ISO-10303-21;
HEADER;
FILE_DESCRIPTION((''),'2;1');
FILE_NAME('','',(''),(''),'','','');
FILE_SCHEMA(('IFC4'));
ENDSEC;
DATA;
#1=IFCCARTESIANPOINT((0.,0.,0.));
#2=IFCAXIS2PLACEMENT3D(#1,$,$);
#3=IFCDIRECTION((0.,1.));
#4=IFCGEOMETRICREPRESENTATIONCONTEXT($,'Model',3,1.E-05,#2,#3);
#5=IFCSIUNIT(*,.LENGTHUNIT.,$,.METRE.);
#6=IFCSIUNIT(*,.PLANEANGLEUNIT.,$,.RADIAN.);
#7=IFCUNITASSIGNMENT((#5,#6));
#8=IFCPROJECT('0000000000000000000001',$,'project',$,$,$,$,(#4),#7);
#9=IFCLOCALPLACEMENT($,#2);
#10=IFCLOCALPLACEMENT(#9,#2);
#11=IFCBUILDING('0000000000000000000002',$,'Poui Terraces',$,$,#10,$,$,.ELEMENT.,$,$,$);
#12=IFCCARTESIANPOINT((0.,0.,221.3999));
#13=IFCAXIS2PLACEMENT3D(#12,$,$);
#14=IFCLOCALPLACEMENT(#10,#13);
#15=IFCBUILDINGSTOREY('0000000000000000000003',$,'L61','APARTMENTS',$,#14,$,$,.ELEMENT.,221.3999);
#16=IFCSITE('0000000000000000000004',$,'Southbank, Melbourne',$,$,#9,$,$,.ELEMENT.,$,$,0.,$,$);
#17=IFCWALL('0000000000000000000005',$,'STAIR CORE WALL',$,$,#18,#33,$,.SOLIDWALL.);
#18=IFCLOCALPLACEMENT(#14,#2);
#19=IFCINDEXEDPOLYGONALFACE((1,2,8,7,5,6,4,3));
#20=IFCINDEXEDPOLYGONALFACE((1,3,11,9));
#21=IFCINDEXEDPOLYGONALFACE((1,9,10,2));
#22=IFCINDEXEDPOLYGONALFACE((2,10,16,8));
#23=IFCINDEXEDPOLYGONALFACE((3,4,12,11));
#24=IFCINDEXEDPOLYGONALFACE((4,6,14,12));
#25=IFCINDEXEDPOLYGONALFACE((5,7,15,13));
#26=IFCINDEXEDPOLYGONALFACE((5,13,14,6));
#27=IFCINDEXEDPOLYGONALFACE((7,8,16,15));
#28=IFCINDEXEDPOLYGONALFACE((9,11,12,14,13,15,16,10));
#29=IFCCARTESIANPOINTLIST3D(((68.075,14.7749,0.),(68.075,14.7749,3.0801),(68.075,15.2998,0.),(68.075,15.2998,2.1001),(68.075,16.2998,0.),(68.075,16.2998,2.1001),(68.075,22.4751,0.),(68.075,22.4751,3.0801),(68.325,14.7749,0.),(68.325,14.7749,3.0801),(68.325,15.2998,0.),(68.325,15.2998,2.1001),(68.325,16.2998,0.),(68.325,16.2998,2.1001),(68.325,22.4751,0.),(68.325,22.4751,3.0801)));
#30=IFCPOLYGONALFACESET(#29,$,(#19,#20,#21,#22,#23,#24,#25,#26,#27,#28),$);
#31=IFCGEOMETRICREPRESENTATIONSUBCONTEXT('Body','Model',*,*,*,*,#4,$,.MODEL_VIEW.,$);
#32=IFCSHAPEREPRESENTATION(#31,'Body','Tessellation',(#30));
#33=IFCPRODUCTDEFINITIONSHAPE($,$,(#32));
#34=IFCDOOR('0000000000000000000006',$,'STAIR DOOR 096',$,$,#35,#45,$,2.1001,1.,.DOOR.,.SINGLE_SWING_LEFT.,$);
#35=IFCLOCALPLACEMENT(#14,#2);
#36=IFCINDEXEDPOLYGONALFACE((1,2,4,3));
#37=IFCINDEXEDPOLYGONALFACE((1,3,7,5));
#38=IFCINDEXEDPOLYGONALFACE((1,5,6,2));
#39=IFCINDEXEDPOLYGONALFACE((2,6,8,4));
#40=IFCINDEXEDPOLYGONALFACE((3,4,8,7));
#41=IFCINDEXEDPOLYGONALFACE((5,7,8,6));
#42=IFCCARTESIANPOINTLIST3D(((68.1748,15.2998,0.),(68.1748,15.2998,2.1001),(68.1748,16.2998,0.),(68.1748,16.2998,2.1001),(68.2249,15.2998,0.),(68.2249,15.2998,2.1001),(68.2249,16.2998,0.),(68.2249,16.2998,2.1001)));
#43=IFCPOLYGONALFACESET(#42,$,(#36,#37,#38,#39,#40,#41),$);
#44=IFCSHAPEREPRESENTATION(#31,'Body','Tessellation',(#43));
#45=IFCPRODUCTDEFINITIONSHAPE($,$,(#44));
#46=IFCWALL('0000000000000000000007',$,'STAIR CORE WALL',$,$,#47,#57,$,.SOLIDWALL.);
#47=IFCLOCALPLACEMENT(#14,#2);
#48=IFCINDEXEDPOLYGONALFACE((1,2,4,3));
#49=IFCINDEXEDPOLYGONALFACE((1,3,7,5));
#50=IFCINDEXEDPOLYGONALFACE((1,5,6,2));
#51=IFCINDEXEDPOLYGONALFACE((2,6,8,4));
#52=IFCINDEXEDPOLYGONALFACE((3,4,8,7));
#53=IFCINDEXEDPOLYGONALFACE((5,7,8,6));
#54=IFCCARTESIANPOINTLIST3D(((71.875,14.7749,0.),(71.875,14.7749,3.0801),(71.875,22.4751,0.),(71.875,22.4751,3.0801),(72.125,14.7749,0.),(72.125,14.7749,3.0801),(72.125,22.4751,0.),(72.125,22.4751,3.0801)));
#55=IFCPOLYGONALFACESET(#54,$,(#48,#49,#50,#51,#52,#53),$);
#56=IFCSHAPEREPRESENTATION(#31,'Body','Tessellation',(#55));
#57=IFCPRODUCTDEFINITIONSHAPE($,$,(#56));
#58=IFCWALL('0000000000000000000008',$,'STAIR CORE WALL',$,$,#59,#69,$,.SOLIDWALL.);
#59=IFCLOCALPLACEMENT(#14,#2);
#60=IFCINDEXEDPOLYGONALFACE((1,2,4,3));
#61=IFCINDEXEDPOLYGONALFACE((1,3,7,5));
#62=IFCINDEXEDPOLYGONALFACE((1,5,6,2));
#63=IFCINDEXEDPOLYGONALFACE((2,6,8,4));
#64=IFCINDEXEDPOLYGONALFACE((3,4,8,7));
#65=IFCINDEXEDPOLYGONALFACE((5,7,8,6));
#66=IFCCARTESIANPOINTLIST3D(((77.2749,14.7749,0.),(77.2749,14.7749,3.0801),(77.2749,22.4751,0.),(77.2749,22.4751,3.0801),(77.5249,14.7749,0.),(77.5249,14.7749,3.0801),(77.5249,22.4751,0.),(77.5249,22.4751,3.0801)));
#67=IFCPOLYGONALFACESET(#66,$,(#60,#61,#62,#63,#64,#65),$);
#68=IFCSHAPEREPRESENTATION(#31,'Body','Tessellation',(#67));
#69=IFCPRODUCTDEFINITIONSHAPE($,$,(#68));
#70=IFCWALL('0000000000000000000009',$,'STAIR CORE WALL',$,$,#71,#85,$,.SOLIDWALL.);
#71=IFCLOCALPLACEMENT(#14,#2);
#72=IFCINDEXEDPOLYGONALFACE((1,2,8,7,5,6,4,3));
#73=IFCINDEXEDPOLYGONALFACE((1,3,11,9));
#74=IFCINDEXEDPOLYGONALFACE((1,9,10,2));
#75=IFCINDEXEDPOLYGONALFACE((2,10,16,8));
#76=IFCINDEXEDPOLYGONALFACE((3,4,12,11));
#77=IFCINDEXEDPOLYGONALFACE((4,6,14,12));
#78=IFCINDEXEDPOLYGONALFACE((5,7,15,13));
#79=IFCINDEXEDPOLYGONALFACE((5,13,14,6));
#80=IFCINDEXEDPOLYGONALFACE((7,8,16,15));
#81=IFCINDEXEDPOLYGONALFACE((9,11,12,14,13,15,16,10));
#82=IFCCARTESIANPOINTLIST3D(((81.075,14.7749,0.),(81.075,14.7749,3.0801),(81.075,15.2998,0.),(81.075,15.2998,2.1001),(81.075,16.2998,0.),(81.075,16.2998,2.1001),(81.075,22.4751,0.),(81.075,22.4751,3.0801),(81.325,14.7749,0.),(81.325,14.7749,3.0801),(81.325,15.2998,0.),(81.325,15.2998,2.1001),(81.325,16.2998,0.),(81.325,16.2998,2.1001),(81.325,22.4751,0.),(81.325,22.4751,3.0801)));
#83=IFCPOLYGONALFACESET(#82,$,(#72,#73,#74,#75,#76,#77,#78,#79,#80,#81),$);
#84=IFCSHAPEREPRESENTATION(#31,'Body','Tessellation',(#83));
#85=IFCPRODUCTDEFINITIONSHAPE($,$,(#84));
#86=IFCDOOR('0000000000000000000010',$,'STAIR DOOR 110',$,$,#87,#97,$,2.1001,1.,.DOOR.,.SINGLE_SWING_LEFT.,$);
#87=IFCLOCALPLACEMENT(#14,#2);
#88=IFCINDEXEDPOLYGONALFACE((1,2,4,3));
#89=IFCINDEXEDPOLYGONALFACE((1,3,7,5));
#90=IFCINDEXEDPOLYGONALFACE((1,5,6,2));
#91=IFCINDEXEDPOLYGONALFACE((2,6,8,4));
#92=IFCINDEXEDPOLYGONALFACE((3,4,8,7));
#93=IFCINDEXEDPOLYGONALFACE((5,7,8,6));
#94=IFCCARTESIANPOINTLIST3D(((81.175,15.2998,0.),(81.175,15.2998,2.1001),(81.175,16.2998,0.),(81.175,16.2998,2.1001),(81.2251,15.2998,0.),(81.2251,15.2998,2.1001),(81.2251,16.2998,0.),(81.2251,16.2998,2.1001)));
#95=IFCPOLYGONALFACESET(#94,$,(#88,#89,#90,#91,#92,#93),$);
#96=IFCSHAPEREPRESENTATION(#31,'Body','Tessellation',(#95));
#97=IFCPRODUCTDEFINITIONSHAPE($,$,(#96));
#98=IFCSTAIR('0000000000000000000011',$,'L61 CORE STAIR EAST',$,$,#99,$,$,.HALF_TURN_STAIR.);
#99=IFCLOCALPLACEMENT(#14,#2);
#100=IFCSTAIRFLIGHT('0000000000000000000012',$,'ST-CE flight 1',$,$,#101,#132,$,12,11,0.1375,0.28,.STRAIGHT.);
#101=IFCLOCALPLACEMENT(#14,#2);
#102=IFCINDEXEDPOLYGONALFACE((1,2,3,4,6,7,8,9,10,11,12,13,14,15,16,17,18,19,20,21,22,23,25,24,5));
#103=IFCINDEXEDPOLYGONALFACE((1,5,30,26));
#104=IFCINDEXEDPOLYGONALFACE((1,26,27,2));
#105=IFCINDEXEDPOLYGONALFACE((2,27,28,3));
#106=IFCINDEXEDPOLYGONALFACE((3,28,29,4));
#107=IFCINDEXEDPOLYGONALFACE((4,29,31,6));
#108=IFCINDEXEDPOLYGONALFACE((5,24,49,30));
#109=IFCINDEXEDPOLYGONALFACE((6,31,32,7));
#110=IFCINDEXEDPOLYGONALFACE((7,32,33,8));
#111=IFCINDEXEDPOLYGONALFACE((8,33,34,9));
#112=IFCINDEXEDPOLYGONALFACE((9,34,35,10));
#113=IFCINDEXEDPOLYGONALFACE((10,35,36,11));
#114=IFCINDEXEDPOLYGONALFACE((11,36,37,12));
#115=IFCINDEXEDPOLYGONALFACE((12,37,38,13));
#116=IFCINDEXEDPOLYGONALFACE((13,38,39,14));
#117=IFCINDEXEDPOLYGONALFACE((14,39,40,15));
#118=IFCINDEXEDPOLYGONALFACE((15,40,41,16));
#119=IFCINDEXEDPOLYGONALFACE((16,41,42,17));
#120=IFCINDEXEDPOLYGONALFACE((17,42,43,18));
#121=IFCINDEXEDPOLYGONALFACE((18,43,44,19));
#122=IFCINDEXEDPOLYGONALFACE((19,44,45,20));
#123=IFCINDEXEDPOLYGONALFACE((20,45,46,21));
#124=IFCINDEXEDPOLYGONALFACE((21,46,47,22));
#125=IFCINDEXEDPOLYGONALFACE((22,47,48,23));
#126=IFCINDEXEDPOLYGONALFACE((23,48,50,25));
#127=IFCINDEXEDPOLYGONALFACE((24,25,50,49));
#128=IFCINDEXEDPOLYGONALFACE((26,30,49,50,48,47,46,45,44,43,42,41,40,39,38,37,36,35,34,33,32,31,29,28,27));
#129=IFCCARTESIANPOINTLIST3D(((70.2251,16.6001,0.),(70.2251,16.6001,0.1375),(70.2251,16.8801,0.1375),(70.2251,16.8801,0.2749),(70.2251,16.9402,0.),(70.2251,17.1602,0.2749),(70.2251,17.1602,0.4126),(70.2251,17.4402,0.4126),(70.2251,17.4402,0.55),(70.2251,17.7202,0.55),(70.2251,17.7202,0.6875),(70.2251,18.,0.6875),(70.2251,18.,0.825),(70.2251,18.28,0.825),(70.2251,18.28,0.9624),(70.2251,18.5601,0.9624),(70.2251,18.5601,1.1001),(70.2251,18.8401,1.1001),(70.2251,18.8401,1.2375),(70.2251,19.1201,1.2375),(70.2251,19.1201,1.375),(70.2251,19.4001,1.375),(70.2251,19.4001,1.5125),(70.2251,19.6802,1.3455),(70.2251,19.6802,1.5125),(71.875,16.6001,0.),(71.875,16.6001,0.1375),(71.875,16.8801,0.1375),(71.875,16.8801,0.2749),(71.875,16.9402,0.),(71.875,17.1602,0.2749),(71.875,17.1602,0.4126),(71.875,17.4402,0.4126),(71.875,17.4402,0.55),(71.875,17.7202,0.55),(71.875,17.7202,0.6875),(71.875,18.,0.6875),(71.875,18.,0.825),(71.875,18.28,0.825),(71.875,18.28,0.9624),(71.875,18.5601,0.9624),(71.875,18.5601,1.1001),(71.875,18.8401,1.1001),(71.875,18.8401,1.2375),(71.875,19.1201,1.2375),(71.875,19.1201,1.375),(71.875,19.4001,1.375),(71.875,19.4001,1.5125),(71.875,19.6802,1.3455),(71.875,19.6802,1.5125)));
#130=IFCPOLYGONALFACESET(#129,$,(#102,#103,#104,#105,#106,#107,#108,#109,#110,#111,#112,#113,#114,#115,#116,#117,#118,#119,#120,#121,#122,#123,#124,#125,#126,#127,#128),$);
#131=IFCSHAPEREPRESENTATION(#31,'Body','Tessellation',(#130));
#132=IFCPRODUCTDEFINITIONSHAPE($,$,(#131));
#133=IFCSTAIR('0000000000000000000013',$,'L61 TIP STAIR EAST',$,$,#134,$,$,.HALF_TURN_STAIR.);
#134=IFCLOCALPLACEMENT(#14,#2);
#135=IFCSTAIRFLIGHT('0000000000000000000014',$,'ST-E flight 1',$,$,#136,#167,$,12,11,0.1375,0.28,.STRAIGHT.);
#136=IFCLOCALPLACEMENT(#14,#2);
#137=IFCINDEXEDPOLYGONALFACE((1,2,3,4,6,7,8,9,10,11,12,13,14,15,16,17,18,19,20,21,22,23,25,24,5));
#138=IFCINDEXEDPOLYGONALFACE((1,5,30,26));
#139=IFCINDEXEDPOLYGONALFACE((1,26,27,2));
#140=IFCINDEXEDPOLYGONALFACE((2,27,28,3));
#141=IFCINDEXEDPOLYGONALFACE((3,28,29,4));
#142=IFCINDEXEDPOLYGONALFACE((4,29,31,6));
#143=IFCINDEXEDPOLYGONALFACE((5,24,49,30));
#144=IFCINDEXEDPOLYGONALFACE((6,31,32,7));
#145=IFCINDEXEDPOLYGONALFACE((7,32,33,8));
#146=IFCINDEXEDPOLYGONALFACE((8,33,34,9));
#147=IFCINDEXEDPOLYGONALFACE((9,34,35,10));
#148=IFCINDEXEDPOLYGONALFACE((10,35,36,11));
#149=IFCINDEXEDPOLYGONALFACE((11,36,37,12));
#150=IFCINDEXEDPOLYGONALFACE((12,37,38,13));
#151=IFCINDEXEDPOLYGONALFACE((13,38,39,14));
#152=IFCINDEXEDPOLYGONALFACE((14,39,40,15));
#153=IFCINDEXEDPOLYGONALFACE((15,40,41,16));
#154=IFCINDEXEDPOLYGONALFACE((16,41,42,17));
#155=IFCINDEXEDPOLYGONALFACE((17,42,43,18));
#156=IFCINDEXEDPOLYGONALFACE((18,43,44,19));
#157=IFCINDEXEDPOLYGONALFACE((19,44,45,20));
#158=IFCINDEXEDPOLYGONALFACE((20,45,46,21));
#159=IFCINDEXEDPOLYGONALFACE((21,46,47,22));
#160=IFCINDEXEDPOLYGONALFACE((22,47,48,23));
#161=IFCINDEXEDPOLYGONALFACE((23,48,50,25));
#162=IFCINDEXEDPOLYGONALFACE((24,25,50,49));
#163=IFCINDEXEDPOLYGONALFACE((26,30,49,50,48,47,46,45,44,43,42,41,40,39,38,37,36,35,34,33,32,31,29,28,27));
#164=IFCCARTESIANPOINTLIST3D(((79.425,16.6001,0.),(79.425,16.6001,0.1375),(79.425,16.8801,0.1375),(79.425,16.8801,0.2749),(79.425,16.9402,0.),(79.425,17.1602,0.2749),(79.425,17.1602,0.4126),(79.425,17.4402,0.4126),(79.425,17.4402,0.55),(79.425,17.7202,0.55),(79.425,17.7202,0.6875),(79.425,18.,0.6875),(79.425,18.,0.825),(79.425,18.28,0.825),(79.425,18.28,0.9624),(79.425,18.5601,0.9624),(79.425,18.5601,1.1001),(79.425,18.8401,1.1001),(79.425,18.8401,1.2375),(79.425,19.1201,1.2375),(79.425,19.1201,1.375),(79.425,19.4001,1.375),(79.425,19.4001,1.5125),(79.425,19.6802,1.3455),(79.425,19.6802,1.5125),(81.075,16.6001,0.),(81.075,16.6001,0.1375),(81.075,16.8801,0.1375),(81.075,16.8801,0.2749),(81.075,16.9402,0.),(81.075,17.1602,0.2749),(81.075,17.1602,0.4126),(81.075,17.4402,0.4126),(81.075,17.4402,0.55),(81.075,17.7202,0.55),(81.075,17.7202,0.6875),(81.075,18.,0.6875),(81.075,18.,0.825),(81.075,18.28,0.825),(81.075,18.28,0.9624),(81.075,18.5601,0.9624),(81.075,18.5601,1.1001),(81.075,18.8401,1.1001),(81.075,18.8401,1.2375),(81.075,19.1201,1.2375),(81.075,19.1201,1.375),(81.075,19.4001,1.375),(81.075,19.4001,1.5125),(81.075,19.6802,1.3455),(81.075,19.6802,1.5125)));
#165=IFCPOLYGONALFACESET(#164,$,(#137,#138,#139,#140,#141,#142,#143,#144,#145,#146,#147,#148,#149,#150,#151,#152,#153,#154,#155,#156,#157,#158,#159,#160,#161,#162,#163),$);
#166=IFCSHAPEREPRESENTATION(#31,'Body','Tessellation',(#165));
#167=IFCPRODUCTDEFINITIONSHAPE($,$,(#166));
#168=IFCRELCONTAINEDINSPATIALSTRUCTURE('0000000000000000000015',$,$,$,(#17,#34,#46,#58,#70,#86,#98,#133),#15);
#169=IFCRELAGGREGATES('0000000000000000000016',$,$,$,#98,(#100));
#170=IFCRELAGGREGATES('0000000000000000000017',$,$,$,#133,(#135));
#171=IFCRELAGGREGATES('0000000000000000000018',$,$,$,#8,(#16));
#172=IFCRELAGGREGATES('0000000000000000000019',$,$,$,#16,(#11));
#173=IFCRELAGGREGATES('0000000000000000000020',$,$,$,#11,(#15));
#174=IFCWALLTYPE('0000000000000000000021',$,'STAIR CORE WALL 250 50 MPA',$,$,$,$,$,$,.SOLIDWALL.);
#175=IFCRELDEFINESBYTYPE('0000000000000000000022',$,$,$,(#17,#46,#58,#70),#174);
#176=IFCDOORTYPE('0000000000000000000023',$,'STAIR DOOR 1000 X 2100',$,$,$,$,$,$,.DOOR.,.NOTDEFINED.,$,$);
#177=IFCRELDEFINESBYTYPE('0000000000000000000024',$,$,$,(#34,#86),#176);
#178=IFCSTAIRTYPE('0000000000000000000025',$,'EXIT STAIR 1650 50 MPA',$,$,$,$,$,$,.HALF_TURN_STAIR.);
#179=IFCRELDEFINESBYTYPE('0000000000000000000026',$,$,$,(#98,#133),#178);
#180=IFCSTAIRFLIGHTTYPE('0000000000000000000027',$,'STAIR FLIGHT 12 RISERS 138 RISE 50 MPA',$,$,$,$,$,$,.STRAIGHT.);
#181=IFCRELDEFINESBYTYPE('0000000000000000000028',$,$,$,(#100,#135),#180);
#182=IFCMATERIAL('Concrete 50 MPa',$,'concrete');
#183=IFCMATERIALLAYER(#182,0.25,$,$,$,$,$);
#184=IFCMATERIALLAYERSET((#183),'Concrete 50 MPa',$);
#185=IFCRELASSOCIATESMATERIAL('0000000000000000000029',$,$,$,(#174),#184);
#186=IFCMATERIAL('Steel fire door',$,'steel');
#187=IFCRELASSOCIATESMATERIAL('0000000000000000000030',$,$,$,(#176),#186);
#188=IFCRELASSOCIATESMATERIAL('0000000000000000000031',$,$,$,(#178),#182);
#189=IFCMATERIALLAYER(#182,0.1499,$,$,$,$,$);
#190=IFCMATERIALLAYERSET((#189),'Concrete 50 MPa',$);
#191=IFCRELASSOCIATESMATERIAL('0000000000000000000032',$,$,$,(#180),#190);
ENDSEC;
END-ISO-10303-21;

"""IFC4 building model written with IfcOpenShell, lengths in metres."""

from ifc_helpers import new_model, si_unit, direction, frame, frame_2d, origin, place, context, subcontext, project, spatial, polyline, rectangle, outline, extrude, material, layer, layer_set, type_object, element, fill, aggregate, save


model = new_model("IFC4")

# Units and contexts
model_context = context("Model", 3, precision=1e-05, world=origin(), true_north=direction((0.0, 1.0)))
body_context = subcontext(model_context, "Body", "Model", "MODEL_VIEW")
ifc_project = project(units=[si_unit("LENGTHUNIT", "METRE"), si_unit("PLANEANGLEUNIT", "RADIAN")], contexts=[model_context])

# Site, building, storey
site_placement = place(None, origin())
site = spatial("IfcSite", under=ifc_project, at=site_placement, Name="Southbank, Melbourne", CompositionType="ELEMENT", RefElevation=0.0)
building_placement = place(site_placement, origin())
building = spatial("IfcBuilding", under=site, at=building_placement, Name="Poui Terraces", CompositionType="ELEMENT")
storey_placement = place(building_placement, frame((0.0, 0.0, 221.3999)))
storey = spatial("IfcBuildingStorey", under=building, at=storey_placement, Name="L61", Description="APARTMENTS", CompositionType="ELEMENT", Elevation=221.3999)

# Shared definitions
ifc_material_1 = material(Name="Concrete 50 MPa", Category="concrete")

# Shared definitions
ifc_material_2 = material(Name="Steel fire door", Category="steel")

# Wall, opening, door
ifc_layer_1 = layer(ifc_material_1, 0.25)
ifc_layer_set_1 = layer_set([ifc_layer_1], Name="Concrete 50 MPa")
wall_type_1 = type_object("IfcWallType", Name="STAIR CORE WALL 250 50 MPA", PredefinedType="SOLIDWALL", material=ifc_layer_set_1)
wall_1_placement = place(storey_placement, frame((68.2, 14.7749, 0.0), z_axis=(0.0, 0.0, 1.0), x_axis=(0.0, 1.0, 0.0)))
wall_1 = element("IfcWall", 1, at=wall_1_placement, inside=storey, type_object=wall_type_1, Name="STAIR CORE WALL", PredefinedType="SOLIDWALL", context=body_context, shape_type="SweptSolid", body=[
    extrude(rectangle(XDim=7.7002, YDim=0.25, at=frame_2d((3.8501, 0.0))), origin(), (0.0, 0.0, 1.0), 3.0801),
])
opening_1_placement = place(wall_1_placement, frame((0.5249, 0.0, 0.0)))
opening_1 = element("IfcOpeningElement", 2, at=opening_1_placement, cuts=wall_1, PredefinedType="OPENING", context=body_context, shape_type="SweptSolid", body=[
    extrude(rectangle(XDim=1.0, YDim=2.1001, at=frame_2d((0.5, 1.05))), frame((0.0, 0.135, 0.0), z_axis=(0.0, -1.0, 0.0), x_axis=(1.0, 0.0, 0.0)), (0.0, 0.0, 1.0), 0.27),
])
door_type_1 = type_object("IfcDoorType", Name="STAIR DOOR 1000 X 2100", OperationType="NOTDEFINED", PredefinedType="DOOR", material=ifc_material_2)
door_1_placement = place(opening_1_placement, frame((1.0, 0.0, 0.0), z_axis=(0.0, 0.0, 1.0), x_axis=(-1.0, 0.0, 0.0)))
door_1 = element("IfcDoor", 3, at=door_1_placement, inside=storey, type_object=door_type_1, Name="STAIR DOOR 096", OperationType="SINGLE_SWING_LEFT", OverallHeight=2.1001, OverallWidth=1.0, PredefinedType="DOOR", context=body_context, shape_type="SweptSolid", body=[
    extrude(rectangle(XDim=1.0, YDim=2.1001, at=frame_2d((0.5, 1.05))), frame((0.0, 0.0249, 0.0), z_axis=(0.0, -1.0, 0.0), x_axis=(1.0, 0.0, 0.0)), (0.0, 0.0, 1.0), 0.05),
])
fill(opening_1, door_1)

# Walls
for number, where, z_axis, x_axis, name in (
    (4, (72.0, 14.7749, 0.0), (0.0, 0.0, 1.0), (0.0, 1.0, 0.0), "STAIR CORE WALL"),
    (5, (77.3999, 14.7749, 0.0), (0.0, 0.0, 1.0), (0.0, 1.0, 0.0), "STAIR CORE WALL"),
):
    element("IfcWall", number, at=place(storey_placement, frame(where, z_axis=z_axis, x_axis=x_axis)), inside=storey, type_object=wall_type_1, Name=name, PredefinedType="SOLIDWALL", context=body_context, shape_type="SweptSolid", body=[
        extrude(rectangle(XDim=7.7002, YDim=0.25, at=frame_2d((3.8501, 0.0))), origin(), (0.0, 0.0, 1.0), 3.0801),
    ])

# Wall, opening, door
wall_2_placement = place(storey_placement, frame((81.2, 14.7749, 0.0), z_axis=(0.0, 0.0, 1.0), x_axis=(0.0, 1.0, 0.0)))
wall_2 = element("IfcWall", 6, at=wall_2_placement, inside=storey, type_object=wall_type_1, Name="STAIR CORE WALL", PredefinedType="SOLIDWALL", context=body_context, shape_type="SweptSolid", body=[
    extrude(rectangle(XDim=7.7002, YDim=0.25, at=frame_2d((3.8501, 0.0))), origin(), (0.0, 0.0, 1.0), 3.0801),
])
opening_2_placement = place(wall_2_placement, frame((0.5249, 0.0, 0.0)))
opening_2 = element("IfcOpeningElement", 7, at=opening_2_placement, cuts=wall_2, PredefinedType="OPENING", context=body_context, shape_type="SweptSolid", body=[
    extrude(rectangle(XDim=1.0, YDim=2.1001, at=frame_2d((0.5, 1.05))), frame((0.0, 0.135, 0.0), z_axis=(0.0, -1.0, 0.0), x_axis=(1.0, 0.0, 0.0)), (0.0, 0.0, 1.0), 0.27),
])
door_2_placement = place(opening_2_placement, origin())
door_2 = element("IfcDoor", 8, at=door_2_placement, inside=storey, type_object=door_type_1, Name="STAIR DOOR 110", OperationType="SINGLE_SWING_LEFT", OverallHeight=2.1001, OverallWidth=1.0, PredefinedType="DOOR", context=body_context, shape_type="SweptSolid", body=[
    extrude(rectangle(XDim=1.0, YDim=2.1001, at=frame_2d((0.5, 1.05))), frame((0.0, 0.0249, 0.0), z_axis=(0.0, -1.0, 0.0), x_axis=(1.0, 0.0, 0.0)), (0.0, 0.0, 1.0), 0.05),
])
fill(opening_2, door_2)

# Stairs, stair flights
stair_type = type_object("IfcStairType", Name="EXIT STAIR 1650 50 MPA", PredefinedType="HALF_TURN_STAIR", material=ifc_material_1)
stair_1_placement = place(storey_placement, origin())
stair_1 = element("IfcStair", 9, at=stair_1_placement, inside=storey, type_object=stair_type, Name="L61 CORE STAIR EAST", PredefinedType="HALF_TURN_STAIR")
ifc_layer_2 = layer(ifc_material_1, 0.1499)
ifc_layer_set_2 = layer_set([ifc_layer_2], Name="Concrete 50 MPa")
stair_flight_type = type_object("IfcStairFlightType", Name="STAIR FLIGHT 12 RISERS 138 RISE 50 MPA", PredefinedType="STRAIGHT", material=ifc_layer_set_2)
stair_flight_1_placement = place(storey_placement, frame((71.05, 16.6001, 0.0), z_axis=(0.0, 0.0, 1.0), x_axis=(0.0, 1.0, 0.0)))
stair_flight_1 = element("IfcStairFlight", 10, at=stair_flight_1_placement, type_object=stair_flight_type, Name="ST-CE flight 1", NumberOfRisers=12, NumberOfTreads=11, PredefinedType="STRAIGHT", RiserHeight=0.1375, TreadLength=0.28, context=body_context, shape_type="SweptSolid", body=[
    extrude(outline(polyline([(0.0, 0.0), (0.0, 0.1375), (0.28, 0.1375), (0.28, 0.2749), (0.5601, 0.2749), (0.5601, 0.4126), (0.8401, 0.4126), (0.8401, 0.55), (1.1201, 0.55), (1.1201, 0.6875), (1.3999, 0.6875), (1.3999, 0.825), (1.6799, 0.825), (1.6799, 0.9624), (1.96, 0.9624), (1.96, 1.1001), (2.24, 1.1001), (2.24, 1.2375), (2.52, 1.2375), (2.52, 1.375), (2.8, 1.375), (2.8, 1.5125), (3.0801, 1.5125), (3.0801, 1.6499), (3.0801, 1.3455), (0.3401, 0.0), (0.0, 0.0)])), frame((0.0, 0.825, 0.0), z_axis=(0.0, -1.0, 0.0), x_axis=(1.0, 0.0, 0.0)), (0.0, 0.0, 1.0), 1.6499),
])
aggregate(stair_1, [stair_flight_1])
stair_2_placement = place(storey_placement, origin())
stair_2 = element("IfcStair", 11, at=stair_2_placement, inside=storey, type_object=stair_type, Name="L61 TIP STAIR EAST", PredefinedType="HALF_TURN_STAIR")
stair_flight_2_placement = place(storey_placement, frame((80.25, 16.6001, 0.0), z_axis=(0.0, 0.0, 1.0), x_axis=(0.0, 1.0, 0.0)))
stair_flight_2 = element("IfcStairFlight", 12, at=stair_flight_2_placement, type_object=stair_flight_type, Name="ST-E flight 1", NumberOfRisers=12, NumberOfTreads=11, PredefinedType="STRAIGHT", RiserHeight=0.1375, TreadLength=0.28, context=body_context, shape_type="SweptSolid", body=[
    extrude(outline(polyline([(0.0, 0.0), (0.0, 0.1375), (0.28, 0.1375), (0.28, 0.2749), (0.5601, 0.2749), (0.5601, 0.4126), (0.8401, 0.4126), (0.8401, 0.55), (1.1201, 0.55), (1.1201, 0.6875), (1.3999, 0.6875), (1.3999, 0.825), (1.6799, 0.825), (1.6799, 0.9624), (1.96, 0.9624), (1.96, 1.1001), (2.24, 1.1001), (2.24, 1.2375), (2.52, 1.2375), (2.52, 1.375), (2.8, 1.375), (2.8, 1.5125), (3.0801, 1.5125), (3.0801, 1.6499), (3.0801, 1.3455), (0.3401, 0.0), (0.0, 0.0)])), frame((0.0, 0.825, 0.0), z_axis=(0.0, -1.0, 0.0), x_axis=(1.0, 0.0, 0.0)), (0.0, 0.0, 1.0), 1.6499),
])
aggregate(stair_2, [stair_flight_2])

save(model, "model.ifc")
